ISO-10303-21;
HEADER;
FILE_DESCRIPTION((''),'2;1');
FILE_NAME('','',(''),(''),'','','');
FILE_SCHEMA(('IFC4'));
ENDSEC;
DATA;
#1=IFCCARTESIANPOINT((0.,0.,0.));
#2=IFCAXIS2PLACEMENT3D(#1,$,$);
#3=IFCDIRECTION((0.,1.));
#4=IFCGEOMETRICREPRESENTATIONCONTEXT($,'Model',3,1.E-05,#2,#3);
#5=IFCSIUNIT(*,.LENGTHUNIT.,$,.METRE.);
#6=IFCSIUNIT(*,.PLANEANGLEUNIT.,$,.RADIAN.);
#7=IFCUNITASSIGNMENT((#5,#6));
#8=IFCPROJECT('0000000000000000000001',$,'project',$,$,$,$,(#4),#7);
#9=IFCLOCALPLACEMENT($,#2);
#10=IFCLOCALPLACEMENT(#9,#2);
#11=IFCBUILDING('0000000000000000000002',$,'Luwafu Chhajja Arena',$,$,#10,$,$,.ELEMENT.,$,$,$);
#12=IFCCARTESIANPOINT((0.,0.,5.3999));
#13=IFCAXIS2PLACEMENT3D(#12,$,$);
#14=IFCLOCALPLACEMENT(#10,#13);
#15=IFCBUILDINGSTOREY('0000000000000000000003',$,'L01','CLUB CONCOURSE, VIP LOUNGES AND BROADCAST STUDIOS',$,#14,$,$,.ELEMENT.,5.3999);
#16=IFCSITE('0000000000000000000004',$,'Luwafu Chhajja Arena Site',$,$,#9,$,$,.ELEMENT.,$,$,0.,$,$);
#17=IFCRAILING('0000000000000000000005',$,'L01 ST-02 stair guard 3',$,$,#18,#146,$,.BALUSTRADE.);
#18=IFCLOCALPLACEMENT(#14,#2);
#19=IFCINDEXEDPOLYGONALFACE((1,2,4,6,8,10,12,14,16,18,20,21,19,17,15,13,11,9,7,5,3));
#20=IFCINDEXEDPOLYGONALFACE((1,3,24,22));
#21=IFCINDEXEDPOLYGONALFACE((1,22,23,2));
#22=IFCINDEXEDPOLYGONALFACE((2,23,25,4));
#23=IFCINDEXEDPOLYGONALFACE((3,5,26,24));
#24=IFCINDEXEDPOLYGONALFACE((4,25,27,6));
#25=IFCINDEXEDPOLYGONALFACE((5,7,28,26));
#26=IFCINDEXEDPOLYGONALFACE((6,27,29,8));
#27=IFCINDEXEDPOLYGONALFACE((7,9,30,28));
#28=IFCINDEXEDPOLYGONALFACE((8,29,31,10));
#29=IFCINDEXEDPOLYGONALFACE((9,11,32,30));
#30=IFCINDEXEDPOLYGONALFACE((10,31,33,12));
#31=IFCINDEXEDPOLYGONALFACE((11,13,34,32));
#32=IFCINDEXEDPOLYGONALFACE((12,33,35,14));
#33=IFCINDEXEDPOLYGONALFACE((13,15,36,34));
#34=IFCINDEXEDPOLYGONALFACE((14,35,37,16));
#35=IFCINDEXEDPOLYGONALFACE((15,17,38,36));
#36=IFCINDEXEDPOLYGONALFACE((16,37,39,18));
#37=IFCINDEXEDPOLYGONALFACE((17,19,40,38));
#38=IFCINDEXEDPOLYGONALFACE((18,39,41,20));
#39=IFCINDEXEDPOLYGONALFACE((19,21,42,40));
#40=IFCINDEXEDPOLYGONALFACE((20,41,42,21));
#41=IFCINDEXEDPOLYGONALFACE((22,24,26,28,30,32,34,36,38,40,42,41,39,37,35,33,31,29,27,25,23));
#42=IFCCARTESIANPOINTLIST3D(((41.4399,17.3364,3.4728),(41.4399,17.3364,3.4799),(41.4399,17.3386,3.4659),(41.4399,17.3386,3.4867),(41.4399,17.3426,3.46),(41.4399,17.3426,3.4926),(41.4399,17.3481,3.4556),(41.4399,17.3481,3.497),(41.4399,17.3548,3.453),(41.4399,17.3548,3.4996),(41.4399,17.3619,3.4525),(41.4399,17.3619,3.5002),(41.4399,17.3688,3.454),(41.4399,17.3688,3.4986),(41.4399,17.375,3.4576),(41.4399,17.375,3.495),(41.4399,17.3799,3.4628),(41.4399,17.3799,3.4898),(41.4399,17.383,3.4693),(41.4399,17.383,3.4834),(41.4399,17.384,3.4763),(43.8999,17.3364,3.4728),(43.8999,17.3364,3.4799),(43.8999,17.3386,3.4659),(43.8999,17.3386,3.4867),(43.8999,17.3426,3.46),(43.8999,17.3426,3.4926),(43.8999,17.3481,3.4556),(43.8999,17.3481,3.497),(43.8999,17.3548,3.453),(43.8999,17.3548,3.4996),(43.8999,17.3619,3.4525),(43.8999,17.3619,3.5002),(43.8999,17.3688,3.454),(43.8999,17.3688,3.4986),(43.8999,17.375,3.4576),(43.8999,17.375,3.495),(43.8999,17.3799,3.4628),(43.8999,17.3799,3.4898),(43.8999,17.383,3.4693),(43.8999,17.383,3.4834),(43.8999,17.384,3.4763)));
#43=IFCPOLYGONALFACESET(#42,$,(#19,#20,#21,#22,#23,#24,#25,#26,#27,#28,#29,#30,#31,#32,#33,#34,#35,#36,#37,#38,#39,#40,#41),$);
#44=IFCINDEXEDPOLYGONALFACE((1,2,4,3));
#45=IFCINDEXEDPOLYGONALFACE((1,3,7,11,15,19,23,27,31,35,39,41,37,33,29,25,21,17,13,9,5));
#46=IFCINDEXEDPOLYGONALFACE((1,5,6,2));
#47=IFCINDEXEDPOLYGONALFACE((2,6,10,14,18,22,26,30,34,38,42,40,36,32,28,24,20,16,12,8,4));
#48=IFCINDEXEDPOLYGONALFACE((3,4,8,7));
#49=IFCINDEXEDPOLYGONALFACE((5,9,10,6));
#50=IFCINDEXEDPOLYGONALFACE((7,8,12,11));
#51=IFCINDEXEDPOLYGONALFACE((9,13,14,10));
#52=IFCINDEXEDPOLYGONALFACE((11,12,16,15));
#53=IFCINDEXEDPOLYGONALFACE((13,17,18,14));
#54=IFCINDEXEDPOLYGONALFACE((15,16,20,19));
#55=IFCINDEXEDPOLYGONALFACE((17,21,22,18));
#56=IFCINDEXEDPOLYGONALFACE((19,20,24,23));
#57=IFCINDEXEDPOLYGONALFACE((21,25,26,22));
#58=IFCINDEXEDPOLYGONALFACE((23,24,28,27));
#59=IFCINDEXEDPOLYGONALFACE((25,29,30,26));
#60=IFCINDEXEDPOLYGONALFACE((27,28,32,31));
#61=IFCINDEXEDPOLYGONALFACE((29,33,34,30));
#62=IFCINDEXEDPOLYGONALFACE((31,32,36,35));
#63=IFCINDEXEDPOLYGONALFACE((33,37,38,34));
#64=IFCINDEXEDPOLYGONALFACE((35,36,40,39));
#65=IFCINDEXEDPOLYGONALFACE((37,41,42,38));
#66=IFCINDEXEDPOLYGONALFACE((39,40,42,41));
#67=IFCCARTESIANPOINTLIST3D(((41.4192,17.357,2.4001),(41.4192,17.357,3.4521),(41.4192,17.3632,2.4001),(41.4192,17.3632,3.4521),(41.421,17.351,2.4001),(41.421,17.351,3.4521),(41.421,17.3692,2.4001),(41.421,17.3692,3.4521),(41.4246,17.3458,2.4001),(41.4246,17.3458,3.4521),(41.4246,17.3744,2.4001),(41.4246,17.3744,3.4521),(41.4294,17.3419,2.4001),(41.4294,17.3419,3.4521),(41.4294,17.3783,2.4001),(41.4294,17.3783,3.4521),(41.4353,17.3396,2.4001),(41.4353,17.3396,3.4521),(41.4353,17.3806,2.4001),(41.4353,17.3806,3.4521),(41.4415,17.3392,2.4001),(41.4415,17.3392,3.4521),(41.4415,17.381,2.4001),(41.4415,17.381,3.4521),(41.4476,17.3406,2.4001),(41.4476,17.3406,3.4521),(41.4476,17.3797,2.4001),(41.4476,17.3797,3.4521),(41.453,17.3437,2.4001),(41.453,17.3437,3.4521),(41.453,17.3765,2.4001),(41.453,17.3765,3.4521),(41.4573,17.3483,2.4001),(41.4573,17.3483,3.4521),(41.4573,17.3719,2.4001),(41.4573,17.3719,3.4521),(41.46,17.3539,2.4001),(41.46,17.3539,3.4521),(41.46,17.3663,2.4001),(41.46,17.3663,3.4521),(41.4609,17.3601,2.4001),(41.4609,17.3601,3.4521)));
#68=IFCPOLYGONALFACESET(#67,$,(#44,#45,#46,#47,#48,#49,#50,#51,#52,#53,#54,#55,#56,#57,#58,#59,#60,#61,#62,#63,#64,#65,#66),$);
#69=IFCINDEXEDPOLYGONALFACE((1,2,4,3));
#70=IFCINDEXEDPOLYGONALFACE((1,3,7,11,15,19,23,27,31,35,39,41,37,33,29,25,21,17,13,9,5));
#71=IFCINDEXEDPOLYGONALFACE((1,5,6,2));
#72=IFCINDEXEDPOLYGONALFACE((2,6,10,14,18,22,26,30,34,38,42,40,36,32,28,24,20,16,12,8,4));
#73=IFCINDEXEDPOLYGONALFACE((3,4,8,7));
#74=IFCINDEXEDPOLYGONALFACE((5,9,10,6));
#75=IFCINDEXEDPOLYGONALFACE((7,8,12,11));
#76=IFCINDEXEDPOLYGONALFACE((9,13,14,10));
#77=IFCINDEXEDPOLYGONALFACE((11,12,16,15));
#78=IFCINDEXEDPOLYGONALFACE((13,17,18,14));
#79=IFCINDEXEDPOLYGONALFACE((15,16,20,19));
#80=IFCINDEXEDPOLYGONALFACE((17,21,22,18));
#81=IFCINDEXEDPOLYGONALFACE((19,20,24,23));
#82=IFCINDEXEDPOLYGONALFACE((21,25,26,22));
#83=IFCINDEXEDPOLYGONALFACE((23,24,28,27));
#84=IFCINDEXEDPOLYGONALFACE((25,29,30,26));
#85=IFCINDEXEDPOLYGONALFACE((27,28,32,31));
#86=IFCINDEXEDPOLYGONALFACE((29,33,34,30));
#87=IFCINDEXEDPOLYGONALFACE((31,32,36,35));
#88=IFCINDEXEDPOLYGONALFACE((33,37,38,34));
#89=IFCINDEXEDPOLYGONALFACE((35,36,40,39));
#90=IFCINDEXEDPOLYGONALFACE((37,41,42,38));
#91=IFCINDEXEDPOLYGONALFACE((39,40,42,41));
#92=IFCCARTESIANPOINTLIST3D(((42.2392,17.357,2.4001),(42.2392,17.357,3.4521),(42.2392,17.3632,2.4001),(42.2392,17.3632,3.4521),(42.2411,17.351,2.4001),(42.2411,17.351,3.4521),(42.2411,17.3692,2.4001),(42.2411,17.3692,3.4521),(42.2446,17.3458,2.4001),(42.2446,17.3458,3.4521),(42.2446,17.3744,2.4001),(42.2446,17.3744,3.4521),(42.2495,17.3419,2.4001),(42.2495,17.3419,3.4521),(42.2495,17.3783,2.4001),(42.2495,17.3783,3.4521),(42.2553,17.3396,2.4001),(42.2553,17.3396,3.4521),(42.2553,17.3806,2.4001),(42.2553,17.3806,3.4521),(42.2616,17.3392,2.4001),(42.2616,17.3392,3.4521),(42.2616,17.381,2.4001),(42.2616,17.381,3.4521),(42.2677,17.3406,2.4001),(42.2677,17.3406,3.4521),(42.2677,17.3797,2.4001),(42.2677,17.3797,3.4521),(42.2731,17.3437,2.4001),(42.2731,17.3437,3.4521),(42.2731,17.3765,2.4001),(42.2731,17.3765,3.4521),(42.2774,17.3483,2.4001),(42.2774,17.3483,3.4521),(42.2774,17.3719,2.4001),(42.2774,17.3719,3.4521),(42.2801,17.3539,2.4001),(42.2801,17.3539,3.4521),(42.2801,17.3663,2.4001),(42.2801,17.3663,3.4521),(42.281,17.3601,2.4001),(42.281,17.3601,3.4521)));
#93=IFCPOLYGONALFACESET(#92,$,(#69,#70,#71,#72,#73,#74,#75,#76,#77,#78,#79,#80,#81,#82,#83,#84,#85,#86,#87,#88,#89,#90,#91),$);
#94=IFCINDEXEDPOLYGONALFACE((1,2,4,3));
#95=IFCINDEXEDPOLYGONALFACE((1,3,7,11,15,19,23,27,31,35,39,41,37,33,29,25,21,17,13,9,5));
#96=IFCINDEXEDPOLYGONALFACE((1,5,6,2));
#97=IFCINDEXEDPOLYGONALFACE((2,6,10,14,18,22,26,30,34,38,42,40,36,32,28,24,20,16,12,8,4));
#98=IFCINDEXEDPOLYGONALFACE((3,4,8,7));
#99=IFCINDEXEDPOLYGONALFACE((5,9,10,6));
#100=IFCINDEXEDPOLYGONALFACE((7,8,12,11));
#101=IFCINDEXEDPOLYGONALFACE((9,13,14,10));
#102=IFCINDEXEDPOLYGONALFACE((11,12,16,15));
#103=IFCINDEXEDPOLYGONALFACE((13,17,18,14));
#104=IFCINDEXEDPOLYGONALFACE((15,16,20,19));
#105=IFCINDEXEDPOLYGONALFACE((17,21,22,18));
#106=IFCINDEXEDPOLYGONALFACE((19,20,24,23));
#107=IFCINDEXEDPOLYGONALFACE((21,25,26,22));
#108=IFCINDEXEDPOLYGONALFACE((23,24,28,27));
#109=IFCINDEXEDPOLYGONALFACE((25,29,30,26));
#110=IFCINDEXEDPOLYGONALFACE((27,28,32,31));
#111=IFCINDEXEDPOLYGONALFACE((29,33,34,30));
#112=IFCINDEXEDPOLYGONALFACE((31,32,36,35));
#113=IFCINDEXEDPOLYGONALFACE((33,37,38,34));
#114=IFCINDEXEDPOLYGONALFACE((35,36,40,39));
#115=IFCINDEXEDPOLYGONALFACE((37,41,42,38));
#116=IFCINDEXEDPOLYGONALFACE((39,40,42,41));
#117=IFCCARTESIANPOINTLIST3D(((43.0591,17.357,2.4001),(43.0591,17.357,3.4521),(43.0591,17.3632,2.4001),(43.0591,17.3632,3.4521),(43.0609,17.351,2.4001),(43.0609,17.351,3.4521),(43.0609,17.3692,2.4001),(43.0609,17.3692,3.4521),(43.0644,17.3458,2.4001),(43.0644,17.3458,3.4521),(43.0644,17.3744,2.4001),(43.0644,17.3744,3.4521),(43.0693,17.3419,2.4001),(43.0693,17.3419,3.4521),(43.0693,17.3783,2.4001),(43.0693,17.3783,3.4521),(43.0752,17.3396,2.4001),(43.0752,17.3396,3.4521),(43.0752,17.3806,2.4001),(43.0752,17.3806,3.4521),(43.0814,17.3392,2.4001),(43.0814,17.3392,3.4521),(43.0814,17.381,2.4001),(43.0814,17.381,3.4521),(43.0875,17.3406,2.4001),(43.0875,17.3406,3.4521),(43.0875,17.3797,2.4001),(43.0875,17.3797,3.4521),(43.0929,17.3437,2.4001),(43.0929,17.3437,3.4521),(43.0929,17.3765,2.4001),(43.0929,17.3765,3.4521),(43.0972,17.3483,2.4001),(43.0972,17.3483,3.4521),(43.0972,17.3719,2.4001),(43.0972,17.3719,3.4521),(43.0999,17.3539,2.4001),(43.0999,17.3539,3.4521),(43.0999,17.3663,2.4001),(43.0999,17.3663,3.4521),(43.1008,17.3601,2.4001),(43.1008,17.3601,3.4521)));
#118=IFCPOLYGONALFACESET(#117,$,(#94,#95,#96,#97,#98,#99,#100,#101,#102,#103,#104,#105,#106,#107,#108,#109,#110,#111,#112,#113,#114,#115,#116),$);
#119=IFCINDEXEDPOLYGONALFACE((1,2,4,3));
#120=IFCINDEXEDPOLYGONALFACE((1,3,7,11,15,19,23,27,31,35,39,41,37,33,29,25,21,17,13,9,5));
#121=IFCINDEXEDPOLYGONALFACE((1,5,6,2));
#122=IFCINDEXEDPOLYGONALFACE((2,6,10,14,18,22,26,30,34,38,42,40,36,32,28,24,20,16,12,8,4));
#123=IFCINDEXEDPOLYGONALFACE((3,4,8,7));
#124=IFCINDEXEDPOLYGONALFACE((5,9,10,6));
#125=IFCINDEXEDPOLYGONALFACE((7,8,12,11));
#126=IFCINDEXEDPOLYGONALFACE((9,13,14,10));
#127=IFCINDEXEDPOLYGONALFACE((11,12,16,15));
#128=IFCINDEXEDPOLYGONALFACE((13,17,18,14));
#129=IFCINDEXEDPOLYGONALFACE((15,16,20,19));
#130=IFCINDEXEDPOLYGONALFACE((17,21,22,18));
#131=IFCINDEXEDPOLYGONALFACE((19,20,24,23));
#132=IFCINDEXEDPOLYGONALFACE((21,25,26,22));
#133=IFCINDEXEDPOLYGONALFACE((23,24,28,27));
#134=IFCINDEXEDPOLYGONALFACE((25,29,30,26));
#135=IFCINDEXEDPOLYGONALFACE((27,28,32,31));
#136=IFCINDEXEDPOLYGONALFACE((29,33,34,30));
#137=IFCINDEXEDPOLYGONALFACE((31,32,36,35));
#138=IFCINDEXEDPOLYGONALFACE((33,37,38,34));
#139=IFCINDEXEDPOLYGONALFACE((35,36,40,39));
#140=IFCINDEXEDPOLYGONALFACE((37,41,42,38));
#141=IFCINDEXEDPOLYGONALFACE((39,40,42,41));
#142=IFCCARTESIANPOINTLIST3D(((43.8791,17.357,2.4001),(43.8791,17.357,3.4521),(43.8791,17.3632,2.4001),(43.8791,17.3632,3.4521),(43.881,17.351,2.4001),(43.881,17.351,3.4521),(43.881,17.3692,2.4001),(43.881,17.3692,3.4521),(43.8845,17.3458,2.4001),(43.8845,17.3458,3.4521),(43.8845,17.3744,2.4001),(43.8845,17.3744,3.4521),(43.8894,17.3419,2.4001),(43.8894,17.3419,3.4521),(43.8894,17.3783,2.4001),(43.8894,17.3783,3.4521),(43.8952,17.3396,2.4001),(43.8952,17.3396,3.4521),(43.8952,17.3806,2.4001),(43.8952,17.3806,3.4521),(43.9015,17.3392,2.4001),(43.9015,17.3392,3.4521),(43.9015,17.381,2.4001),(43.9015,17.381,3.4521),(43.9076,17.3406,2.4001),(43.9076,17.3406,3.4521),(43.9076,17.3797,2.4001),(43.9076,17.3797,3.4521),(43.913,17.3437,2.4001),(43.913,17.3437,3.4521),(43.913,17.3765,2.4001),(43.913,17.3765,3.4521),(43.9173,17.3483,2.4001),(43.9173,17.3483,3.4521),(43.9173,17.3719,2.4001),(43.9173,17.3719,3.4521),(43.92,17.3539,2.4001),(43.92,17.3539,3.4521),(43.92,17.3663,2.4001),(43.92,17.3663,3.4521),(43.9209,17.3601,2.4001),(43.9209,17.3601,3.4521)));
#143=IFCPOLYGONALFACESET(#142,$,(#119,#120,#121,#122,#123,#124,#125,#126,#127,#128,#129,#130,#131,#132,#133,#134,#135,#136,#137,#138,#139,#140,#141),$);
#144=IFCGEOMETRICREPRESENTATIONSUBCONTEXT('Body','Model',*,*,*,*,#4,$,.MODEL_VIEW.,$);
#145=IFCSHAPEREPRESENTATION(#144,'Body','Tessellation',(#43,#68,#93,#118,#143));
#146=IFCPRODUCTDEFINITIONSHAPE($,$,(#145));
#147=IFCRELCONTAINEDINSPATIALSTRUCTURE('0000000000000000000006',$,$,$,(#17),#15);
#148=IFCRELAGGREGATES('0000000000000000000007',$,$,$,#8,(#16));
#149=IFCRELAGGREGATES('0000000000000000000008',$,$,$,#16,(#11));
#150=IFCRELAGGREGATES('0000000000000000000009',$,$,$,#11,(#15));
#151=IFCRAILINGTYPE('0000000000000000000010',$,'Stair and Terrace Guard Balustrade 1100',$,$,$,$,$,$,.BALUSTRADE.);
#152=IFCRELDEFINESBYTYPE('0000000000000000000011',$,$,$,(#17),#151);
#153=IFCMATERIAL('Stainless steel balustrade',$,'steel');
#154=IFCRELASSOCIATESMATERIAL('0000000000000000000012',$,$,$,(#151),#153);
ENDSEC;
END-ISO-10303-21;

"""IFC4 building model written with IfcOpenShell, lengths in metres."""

from ifc_helpers import new_model, si_unit, direction, frame, origin, origin_2d, place, context, subcontext, project, spatial, circle, extrude, material, type_object, element, save


model = new_model("IFC4")

# Units and contexts
model_context = context("Model", 3, precision=1e-05, world=origin(), true_north=direction((0.0, 1.0)))
body_context = subcontext(model_context, "Body", "Model", "MODEL_VIEW")
ifc_project = project(units=[si_unit("LENGTHUNIT", "METRE"), si_unit("PLANEANGLEUNIT", "RADIAN")], contexts=[model_context])

# Site, building, storey
site_placement = place(None, origin())
site = spatial("IfcSite", under=ifc_project, at=site_placement, Name="Luwafu Chhajja Arena Site", CompositionType="ELEMENT", RefElevation=0.0)
building_placement = place(site_placement, origin())
building = spatial("IfcBuilding", under=site, at=building_placement, Name="Luwafu Chhajja Arena", CompositionType="ELEMENT")
storey_placement = place(building_placement, frame((0.0, 0.0, 5.3999)))
storey = spatial("IfcBuildingStorey", under=building, at=storey_placement, Name="L01", Description="CLUB CONCOURSE, VIP LOUNGES AND BROADCAST STUDIOS", CompositionType="ELEMENT", Elevation=5.3999)

# Railing
ifc_material_1 = material(Name="Stainless steel balustrade", Category="steel")
railing_type_1 = type_object("IfcRailingType", Name="Stair and Terrace Guard Balustrade 1100", PredefinedType="BALUSTRADE", material=ifc_material_1)
for number, where, name in (
    (1, (41.4399, 17.3601, 2.4001), "L01 ST-02 stair guard 3"),
):
    element("IfcRailing", number, at=place(storey_placement, frame(where)), inside=storey, type_object=railing_type_1, Name=name, PredefinedType="BALUSTRADE", context=body_context, shape_type="SweptSolid", body=[
        extrude(circle(Radius=0.0239, at=origin_2d()), frame((0.0, 0.0, 1.0762), z_axis=(1.0, 0.0, 0.0), x_axis=(0.0, 1.0, 0.0)), (0.0, 0.0, 1.0), 2.46),
        extrude(circle(Radius=0.021, at=origin_2d()), origin(), (0.0, 0.0, 1.0), 1.052),
        extrude(circle(Radius=0.021, at=origin_2d()), frame((0.8201, 0.0, 0.0)), (0.0, 0.0, 1.0), 1.052),
        extrude(circle(Radius=0.021, at=origin_2d()), frame((1.6399, 0.0, 0.0)), (0.0, 0.0, 1.0), 1.052),
        extrude(circle(Radius=0.021, at=origin_2d()), frame((2.46, 0.0, 0.0)), (0.0, 0.0, 1.0), 1.052),
    ])

save(model, "model.ifc")
